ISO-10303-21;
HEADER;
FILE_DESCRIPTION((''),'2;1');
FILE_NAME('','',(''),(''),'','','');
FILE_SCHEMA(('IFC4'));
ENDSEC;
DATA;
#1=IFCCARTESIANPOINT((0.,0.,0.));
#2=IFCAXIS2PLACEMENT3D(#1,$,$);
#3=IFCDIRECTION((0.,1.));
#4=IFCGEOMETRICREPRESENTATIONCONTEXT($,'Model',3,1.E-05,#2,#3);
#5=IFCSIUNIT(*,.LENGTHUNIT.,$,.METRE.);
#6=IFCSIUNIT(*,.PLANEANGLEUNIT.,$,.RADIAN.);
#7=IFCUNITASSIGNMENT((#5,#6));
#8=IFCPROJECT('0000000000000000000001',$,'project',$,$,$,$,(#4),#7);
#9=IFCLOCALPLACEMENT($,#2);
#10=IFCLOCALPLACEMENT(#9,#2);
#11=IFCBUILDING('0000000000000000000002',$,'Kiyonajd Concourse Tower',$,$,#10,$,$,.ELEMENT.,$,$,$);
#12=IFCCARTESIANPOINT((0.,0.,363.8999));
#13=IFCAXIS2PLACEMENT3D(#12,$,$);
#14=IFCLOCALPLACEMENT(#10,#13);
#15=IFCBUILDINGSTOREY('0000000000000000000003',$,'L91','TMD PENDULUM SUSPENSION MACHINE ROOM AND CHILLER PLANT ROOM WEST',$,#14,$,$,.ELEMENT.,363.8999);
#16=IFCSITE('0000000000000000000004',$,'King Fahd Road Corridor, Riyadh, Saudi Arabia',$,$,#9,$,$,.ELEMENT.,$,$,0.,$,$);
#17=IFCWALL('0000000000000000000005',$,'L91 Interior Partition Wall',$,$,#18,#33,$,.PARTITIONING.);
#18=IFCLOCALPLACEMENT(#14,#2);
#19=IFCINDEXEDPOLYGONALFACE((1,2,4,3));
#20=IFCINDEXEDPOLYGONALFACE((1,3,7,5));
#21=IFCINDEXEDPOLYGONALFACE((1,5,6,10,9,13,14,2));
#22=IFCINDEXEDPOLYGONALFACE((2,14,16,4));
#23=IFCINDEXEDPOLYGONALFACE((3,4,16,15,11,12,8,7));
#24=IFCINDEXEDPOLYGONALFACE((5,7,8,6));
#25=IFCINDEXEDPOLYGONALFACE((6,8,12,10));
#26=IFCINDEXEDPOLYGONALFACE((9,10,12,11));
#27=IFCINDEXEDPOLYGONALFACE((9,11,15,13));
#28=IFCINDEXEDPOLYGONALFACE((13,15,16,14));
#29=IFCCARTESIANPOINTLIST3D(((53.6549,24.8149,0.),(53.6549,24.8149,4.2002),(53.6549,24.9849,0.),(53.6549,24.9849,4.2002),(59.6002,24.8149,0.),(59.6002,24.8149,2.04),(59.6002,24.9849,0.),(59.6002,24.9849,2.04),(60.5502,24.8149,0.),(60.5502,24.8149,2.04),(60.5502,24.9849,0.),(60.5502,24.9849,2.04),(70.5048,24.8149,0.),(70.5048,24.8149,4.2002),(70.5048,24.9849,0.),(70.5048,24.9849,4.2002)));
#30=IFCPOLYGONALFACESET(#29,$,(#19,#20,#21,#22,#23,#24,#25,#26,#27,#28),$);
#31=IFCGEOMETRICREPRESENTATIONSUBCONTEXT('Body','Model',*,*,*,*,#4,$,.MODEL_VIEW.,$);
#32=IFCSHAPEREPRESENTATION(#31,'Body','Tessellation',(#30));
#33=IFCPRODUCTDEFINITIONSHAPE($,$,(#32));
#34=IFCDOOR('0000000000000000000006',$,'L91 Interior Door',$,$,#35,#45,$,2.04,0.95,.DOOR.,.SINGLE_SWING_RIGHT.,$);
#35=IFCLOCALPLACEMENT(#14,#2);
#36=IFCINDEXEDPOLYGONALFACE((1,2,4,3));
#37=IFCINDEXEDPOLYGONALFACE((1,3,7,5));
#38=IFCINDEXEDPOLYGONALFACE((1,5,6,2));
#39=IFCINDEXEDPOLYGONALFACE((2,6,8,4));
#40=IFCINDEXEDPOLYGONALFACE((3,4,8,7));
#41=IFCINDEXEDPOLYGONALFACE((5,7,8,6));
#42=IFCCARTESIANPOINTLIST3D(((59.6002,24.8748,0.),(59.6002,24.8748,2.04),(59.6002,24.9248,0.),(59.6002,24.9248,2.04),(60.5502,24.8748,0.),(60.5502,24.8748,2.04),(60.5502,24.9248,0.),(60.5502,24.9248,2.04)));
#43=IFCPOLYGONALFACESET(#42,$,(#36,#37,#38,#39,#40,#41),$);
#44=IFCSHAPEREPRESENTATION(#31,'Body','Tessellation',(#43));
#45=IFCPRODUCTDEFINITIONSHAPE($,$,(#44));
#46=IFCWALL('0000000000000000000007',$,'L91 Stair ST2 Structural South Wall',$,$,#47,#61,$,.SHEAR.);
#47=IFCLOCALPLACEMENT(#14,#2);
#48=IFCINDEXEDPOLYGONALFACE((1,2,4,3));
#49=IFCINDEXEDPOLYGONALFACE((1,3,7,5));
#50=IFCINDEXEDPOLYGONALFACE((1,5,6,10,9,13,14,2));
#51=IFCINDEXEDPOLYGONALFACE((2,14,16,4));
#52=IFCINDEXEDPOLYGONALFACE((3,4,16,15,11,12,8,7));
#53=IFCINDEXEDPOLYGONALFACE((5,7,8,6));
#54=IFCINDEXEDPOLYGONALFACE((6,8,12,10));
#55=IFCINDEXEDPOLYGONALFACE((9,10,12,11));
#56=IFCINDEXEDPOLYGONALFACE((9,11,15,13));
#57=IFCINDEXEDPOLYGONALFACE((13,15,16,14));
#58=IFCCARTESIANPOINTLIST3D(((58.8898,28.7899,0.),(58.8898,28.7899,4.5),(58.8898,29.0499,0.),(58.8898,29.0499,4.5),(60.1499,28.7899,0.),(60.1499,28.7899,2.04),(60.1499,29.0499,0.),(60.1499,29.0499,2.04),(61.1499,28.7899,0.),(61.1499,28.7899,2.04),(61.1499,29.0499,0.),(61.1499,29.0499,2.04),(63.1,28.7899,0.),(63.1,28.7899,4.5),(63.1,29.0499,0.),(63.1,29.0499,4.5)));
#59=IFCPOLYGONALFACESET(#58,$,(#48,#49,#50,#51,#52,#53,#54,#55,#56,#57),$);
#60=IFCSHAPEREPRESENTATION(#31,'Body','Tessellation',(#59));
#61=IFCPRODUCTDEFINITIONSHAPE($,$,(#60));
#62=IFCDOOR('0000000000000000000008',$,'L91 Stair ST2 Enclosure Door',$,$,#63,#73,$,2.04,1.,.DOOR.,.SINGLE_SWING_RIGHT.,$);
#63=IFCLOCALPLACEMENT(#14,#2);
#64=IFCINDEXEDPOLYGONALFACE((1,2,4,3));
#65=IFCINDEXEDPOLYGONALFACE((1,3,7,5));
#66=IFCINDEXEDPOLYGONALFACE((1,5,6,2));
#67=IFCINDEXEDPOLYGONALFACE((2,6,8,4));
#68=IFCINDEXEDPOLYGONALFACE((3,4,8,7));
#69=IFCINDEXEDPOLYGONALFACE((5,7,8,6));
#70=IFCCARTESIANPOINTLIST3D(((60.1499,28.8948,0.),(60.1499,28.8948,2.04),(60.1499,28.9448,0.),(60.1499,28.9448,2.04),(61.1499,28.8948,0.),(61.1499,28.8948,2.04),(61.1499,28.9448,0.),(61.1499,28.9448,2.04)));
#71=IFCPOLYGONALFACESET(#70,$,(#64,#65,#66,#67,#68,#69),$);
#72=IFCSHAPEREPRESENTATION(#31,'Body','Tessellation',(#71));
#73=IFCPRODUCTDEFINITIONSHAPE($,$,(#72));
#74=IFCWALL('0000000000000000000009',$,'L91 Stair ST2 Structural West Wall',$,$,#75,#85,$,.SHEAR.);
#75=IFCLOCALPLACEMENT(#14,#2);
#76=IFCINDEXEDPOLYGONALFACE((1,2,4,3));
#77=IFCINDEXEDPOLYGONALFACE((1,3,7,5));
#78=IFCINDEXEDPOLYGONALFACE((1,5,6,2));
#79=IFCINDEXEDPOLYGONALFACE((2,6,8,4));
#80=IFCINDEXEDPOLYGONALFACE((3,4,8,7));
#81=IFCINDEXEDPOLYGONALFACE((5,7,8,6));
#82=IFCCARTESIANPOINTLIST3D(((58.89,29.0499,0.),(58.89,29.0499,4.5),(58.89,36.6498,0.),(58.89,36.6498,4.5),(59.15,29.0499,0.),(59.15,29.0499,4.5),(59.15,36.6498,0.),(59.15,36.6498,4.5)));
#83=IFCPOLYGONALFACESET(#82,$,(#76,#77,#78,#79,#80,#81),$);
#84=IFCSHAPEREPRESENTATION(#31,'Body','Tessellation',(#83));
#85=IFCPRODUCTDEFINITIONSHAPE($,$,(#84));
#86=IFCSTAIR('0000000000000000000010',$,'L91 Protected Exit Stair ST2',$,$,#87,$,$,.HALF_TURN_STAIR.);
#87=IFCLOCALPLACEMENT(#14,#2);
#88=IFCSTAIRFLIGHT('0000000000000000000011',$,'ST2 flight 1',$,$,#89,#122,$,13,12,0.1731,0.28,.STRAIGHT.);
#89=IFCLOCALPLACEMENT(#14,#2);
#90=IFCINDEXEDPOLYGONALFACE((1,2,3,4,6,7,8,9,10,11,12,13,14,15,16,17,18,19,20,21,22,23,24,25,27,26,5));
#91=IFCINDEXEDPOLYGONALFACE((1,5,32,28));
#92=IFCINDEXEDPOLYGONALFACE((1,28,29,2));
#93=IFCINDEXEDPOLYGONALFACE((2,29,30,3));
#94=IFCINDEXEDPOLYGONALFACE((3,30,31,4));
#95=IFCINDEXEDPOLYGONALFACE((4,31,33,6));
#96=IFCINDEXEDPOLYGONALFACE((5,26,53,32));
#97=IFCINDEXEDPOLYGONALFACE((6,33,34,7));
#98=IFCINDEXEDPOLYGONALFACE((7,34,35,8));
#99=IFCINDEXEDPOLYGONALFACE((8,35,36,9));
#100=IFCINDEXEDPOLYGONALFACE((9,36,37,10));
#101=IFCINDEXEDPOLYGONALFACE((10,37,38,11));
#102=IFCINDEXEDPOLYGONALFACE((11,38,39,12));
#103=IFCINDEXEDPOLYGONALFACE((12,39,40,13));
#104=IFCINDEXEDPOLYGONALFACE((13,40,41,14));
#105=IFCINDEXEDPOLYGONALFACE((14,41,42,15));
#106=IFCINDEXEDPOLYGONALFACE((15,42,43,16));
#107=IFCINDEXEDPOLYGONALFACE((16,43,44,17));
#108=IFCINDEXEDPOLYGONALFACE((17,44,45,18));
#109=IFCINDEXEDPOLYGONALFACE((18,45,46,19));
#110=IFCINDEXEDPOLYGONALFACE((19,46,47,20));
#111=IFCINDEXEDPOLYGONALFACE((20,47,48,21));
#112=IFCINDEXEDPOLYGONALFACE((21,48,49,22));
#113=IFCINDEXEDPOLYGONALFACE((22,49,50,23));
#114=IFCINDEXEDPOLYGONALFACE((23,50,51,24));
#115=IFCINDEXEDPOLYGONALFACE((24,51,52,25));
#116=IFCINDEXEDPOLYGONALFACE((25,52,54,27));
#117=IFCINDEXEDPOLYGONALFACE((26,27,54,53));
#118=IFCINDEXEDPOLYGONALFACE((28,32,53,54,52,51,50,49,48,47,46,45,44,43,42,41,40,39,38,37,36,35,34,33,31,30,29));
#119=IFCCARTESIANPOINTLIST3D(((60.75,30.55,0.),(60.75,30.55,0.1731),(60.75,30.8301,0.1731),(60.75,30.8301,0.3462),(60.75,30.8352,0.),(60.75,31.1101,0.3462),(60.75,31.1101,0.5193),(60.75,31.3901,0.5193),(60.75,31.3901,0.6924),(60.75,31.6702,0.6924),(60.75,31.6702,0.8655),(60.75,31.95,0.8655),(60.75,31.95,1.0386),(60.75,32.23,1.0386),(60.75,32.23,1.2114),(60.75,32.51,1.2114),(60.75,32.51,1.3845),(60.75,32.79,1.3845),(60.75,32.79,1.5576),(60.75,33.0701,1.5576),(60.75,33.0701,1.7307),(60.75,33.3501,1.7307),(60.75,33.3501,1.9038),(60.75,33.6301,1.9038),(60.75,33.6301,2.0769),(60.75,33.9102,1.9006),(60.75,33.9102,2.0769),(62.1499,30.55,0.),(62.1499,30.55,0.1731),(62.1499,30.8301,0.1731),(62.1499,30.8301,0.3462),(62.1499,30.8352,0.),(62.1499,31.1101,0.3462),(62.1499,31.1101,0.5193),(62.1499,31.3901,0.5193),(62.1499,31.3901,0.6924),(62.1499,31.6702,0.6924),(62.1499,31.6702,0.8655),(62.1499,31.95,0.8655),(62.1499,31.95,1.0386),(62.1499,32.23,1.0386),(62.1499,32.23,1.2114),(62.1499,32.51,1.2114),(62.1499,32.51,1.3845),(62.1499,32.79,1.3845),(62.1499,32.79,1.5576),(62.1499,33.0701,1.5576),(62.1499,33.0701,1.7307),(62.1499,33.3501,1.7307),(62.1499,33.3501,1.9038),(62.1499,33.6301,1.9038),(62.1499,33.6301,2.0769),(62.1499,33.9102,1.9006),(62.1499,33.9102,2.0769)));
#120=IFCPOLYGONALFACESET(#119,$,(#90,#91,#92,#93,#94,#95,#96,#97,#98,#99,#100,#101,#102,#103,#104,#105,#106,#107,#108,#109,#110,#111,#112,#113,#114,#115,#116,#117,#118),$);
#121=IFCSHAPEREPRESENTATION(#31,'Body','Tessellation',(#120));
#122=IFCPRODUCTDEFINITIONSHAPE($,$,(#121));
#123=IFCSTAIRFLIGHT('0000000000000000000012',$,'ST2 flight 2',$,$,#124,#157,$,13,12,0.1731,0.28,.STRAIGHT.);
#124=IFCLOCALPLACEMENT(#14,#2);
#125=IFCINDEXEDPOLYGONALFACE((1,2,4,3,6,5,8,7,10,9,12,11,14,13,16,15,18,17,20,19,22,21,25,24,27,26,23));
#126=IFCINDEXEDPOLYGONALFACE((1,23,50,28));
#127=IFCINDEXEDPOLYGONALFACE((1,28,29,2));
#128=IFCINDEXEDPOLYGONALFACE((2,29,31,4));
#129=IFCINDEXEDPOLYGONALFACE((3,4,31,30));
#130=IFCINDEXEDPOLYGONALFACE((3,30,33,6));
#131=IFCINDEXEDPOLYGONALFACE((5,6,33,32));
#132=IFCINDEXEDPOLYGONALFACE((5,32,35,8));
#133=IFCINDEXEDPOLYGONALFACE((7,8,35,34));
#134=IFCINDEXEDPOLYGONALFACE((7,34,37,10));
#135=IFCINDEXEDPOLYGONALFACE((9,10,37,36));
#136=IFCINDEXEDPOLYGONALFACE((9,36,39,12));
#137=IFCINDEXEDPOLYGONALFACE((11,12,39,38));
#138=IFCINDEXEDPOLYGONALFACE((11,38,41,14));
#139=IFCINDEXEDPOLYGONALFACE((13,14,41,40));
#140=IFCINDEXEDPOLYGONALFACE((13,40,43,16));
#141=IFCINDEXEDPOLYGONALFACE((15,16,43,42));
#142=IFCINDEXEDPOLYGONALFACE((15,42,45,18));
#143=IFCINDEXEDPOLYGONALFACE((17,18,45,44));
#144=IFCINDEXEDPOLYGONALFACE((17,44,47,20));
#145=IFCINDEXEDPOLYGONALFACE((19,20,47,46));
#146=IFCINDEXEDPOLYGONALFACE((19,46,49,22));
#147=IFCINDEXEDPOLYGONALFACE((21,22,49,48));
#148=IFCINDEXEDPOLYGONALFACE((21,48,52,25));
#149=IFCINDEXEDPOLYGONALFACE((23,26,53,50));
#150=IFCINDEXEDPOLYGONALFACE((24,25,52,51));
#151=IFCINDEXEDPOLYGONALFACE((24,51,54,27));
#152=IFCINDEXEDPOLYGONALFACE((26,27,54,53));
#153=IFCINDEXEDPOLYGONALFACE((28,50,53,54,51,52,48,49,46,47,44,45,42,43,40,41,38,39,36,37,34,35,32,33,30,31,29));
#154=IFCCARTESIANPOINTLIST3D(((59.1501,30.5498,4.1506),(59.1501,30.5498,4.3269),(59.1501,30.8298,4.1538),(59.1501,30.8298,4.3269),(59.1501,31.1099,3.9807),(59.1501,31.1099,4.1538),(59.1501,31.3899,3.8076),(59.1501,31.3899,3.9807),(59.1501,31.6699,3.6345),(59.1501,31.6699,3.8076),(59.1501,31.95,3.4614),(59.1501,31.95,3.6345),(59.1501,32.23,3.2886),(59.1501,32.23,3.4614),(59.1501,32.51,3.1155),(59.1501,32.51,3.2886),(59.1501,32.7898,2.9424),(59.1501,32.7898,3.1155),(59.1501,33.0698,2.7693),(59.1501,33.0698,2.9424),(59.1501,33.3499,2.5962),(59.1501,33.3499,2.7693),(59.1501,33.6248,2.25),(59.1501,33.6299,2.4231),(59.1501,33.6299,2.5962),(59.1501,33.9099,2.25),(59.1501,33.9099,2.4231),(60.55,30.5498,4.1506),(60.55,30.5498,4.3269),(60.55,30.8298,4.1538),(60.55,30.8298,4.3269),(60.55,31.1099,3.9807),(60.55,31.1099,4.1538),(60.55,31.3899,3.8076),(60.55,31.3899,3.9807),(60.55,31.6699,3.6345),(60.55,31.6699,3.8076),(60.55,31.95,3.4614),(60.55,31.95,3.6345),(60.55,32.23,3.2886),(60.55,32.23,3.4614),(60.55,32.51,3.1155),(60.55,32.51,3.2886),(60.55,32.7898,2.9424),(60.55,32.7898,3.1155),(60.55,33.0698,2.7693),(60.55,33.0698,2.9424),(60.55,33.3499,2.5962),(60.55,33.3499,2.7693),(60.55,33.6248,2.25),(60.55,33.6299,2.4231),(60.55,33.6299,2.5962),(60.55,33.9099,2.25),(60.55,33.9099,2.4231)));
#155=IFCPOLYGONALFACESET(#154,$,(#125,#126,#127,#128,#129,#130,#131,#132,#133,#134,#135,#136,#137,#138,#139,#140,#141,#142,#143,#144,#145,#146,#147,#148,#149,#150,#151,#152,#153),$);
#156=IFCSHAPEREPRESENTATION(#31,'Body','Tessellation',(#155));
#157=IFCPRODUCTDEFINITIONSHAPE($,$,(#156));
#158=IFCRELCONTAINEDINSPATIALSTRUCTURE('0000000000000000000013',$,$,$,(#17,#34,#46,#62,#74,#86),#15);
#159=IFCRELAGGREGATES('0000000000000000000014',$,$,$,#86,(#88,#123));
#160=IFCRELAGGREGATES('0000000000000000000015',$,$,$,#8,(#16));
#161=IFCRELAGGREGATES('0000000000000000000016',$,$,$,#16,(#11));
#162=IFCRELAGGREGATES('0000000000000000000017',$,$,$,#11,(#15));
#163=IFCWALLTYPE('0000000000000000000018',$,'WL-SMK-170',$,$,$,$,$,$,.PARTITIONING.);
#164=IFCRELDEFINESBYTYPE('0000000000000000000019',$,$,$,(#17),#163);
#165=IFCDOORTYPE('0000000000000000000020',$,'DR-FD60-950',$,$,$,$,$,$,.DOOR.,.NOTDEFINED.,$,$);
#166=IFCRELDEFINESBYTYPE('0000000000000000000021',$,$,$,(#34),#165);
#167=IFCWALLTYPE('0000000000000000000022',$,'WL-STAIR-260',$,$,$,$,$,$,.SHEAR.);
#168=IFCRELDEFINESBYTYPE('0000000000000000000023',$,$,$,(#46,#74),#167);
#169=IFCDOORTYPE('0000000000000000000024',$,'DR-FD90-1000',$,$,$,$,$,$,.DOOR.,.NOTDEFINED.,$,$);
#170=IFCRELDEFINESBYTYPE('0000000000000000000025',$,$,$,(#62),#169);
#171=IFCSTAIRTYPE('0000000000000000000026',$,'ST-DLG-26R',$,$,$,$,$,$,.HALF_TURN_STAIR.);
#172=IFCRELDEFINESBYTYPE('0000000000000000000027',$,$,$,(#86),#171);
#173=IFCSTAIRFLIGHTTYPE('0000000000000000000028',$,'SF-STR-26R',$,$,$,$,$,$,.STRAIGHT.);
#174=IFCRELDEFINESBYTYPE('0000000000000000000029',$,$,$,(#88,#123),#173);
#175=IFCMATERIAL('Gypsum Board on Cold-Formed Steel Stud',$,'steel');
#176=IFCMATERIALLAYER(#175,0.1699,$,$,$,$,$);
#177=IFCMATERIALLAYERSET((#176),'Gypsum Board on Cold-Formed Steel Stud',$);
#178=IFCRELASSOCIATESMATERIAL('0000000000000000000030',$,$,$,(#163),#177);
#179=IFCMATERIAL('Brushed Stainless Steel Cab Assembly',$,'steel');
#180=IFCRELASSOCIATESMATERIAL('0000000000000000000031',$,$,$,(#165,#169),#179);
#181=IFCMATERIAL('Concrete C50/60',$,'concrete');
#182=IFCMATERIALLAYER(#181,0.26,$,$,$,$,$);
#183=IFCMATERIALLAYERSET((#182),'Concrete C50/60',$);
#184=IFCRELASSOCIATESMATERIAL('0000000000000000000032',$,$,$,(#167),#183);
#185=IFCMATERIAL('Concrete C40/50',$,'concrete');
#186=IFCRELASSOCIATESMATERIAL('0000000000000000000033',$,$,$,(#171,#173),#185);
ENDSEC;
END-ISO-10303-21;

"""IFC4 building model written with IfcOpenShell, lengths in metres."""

from ifc_helpers import new_model, si_unit, direction, frame, frame_2d, origin, place, context, subcontext, project, spatial, polyline, rectangle, outline, extrude, material, layer, layer_set, type_object, element, fill, aggregate, save


model = new_model("IFC4")

# Units and contexts
model_context = context("Model", 3, precision=1e-05, world=origin(), true_north=direction((0.0, 1.0)))
body_context = subcontext(model_context, "Body", "Model", "MODEL_VIEW")
ifc_project = project(units=[si_unit("LENGTHUNIT", "METRE"), si_unit("PLANEANGLEUNIT", "RADIAN")], contexts=[model_context])

# Site, building, storey
site_placement = place(None, origin())
site = spatial("IfcSite", under=ifc_project, at=site_placement, Name="King Fahd Road Corridor, Riyadh, Saudi Arabia", CompositionType="ELEMENT", RefElevation=0.0)
building_placement = place(site_placement, origin())
building = spatial("IfcBuilding", under=site, at=building_placement, Name="Kiyonajd Concourse Tower", CompositionType="ELEMENT")
storey_placement = place(building_placement, frame((0.0, 0.0, 363.8999)))
storey = spatial("IfcBuildingStorey", under=building, at=storey_placement, Name="L91", Description="TMD PENDULUM SUSPENSION MACHINE ROOM AND CHILLER PLANT ROOM WEST", CompositionType="ELEMENT", Elevation=363.8999)

# Shared definitions
ifc_material_1 = material(Name="Concrete C50/60", Category="concrete")

# Shared definitions
ifc_material_2 = material(Name="Gypsum Board on Cold-Formed Steel Stud", Category="steel")
ifc_material_3 = material(Name="Brushed Stainless Steel Cab Assembly", Category="steel")

# Walls, openings, doors
ifc_layer_1 = layer(ifc_material_2, 0.1699)
ifc_layer_set_1 = layer_set([ifc_layer_1], Name="Gypsum Board on Cold-Formed Steel Stud")
wall_type_1 = type_object("IfcWallType", Name="WL-SMK-170", PredefinedType="PARTITIONING", material=ifc_layer_set_1)
wall_1_placement = place(storey_placement, frame((53.655, 24.8999, 0.0), z_axis=(0.0, 0.0, 1.0), x_axis=(1.0, 0.0, 0.0)))
wall_1 = element("IfcWall", 1, at=wall_1_placement, inside=storey, type_object=wall_type_1, Name="L91 Interior Partition Wall", PredefinedType="PARTITIONING", context=body_context, shape_type="SweptSolid", body=[
    extrude(rectangle(XDim=16.8499, YDim=0.1699, at=frame_2d((8.4248, 0.0))), origin(), (0.0, 0.0, 1.0), 4.2002),
])
opening_1_placement = place(wall_1_placement, frame((5.9451, 0.0, 0.0)))
opening_1 = element("IfcOpeningElement", 2, at=opening_1_placement, cuts=wall_1, PredefinedType="OPENING", context=body_context, shape_type="SweptSolid", body=[
    extrude(rectangle(XDim=0.95, YDim=2.04, at=frame_2d((0.4751, 1.02))), frame((0.0, 0.095, 0.0), z_axis=(0.0, -1.0, 0.0), x_axis=(1.0, 0.0, 0.0)), (0.0, 0.0, 1.0), 0.1899),
])
door_type_1 = type_object("IfcDoorType", Name="DR-FD60-950", OperationType="NOTDEFINED", PredefinedType="DOOR", material=ifc_material_3)
door_1_placement = place(opening_1_placement, origin())
door_1 = element("IfcDoor", 3, at=door_1_placement, inside=storey, type_object=door_type_1, Name="L91 Interior Door", OperationType="SINGLE_SWING_RIGHT", OverallHeight=2.04, OverallWidth=0.95, PredefinedType="DOOR", context=body_context, shape_type="SweptSolid", body=[
    extrude(rectangle(XDim=0.95, YDim=2.04, at=frame_2d((0.4751, 1.02))), frame((0.0, 0.0249, 0.0), z_axis=(0.0, -1.0, 0.0), x_axis=(1.0, 0.0, 0.0)), (0.0, 0.0, 1.0), 0.05),
])
fill(opening_1, door_1)
ifc_layer_2 = layer(ifc_material_1, 0.26)
ifc_layer_set_2 = layer_set([ifc_layer_2], Name="Concrete C50/60")
wall_type_2 = type_object("IfcWallType", Name="WL-STAIR-260", PredefinedType="SHEAR", material=ifc_layer_set_2)
wall_2_placement = place(storey_placement, frame((58.8899, 28.9199, 0.0), z_axis=(0.0, 0.0, 1.0), x_axis=(1.0, 0.0, 0.0)))
wall_2 = element("IfcWall", 4, at=wall_2_placement, inside=storey, type_object=wall_type_2, Name="L91 Stair ST2 Structural South Wall", PredefinedType="SHEAR", context=body_context, shape_type="SweptSolid", body=[
    extrude(rectangle(XDim=4.2102, YDim=0.26, at=frame_2d((2.105, 0.0))), origin(), (0.0, 0.0, 1.0), 4.5),
])
opening_2_placement = place(wall_2_placement, frame((1.26, 0.0, 0.0)))
opening_2 = element("IfcOpeningElement", 5, at=opening_2_placement, cuts=wall_2, PredefinedType="OPENING", context=body_context, shape_type="SweptSolid", body=[
    extrude(rectangle(XDim=1.0, YDim=2.04, at=frame_2d((0.5, 1.02))), frame((0.0, 0.1399, 0.0), z_axis=(0.0, -1.0, 0.0), x_axis=(1.0, 0.0, 0.0)), (0.0, 0.0, 1.0), 0.28),
])
door_type_2 = type_object("IfcDoorType", Name="DR-FD90-1000", OperationType="NOTDEFINED", PredefinedType="DOOR", material=ifc_material_3)
door_2_placement = place(opening_2_placement, origin())
door_2 = element("IfcDoor", 6, at=door_2_placement, inside=storey, type_object=door_type_2, Name="L91 Stair ST2 Enclosure Door", OperationType="SINGLE_SWING_RIGHT", OverallHeight=2.04, OverallWidth=1.0, PredefinedType="DOOR", context=body_context, shape_type="SweptSolid", body=[
    extrude(rectangle(XDim=1.0, YDim=2.04, at=frame_2d((0.5, 1.02))), frame((0.0, 0.0249, 0.0), z_axis=(0.0, -1.0, 0.0), x_axis=(1.0, 0.0, 0.0)), (0.0, 0.0, 1.0), 0.05),
])
fill(opening_2, door_2)

# Wall
wall_3_placement = place(storey_placement, frame((59.02, 29.05, 0.0), z_axis=(0.0, 0.0, 1.0), x_axis=(0.0, 1.0, 0.0)))
element("IfcWall", 7, at=wall_3_placement, inside=storey, type_object=wall_type_2, Name="L91 Stair ST2 Structural West Wall", PredefinedType="SHEAR", context=body_context, shape_type="SweptSolid", body=[
    extrude(rectangle(XDim=7.5999, YDim=0.26, at=frame_2d((3.7998, 0.0))), origin(), (0.0, 0.0, 1.0), 4.5),
])

# Stair, stair flights
ifc_material_4 = material(Name="Concrete C40/50", Category="concrete")
stair_type = type_object("IfcStairType", Name="ST-DLG-26R", PredefinedType="HALF_TURN_STAIR", material=ifc_material_4)
stair_placement = place(storey_placement, origin())
stair = element("IfcStair", 8, at=stair_placement, inside=storey, type_object=stair_type, Name="L91 Protected Exit Stair ST2", PredefinedType="HALF_TURN_STAIR")
stair_flight_type = type_object("IfcStairFlightType", Name="SF-STR-26R", PredefinedType="STRAIGHT", material=ifc_material_4)
stair_flight_1_placement = place(storey_placement, frame((61.45, 30.55, 0.0), z_axis=(0.0, 0.0, 1.0), x_axis=(0.0, 1.0, 0.0)))
stair_flight_1 = element("IfcStairFlight", 9, at=stair_flight_1_placement, type_object=stair_flight_type, Name="ST2 flight 1", NumberOfRisers=13, NumberOfTreads=12, PredefinedType="STRAIGHT", RiserHeight=0.1731, TreadLength=0.28, context=body_context, shape_type="SweptSolid", body=[
    extrude(outline(polyline([(0.0, 0.0), (0.0, 0.1731), (0.28, 0.1731), (0.28, 0.3462), (0.5601, 0.3462), (0.5601, 0.5193), (0.8401, 0.5193), (0.8401, 0.6924), (1.1201, 0.6924), (1.1201, 0.8655), (1.3999, 0.8655), (1.3999, 1.0386), (1.6799, 1.0386), (1.6799, 1.2114), (1.96, 1.2114), (1.96, 1.3845), (2.24, 1.3845), (2.24, 1.5576), (2.52, 1.5576), (2.52, 1.7307), (2.8, 1.7307), (2.8, 1.9038), (3.0801, 1.9038), (3.0801, 2.0769), (3.3601, 2.0769), (3.3601, 2.25), (3.3601, 1.9006), (0.2852, 0.0), (0.0, 0.0)])), frame((0.0, 0.7, 0.0), z_axis=(0.0, -1.0, 0.0), x_axis=(1.0, 0.0, 0.0)), (0.0, 0.0, 1.0), 1.3999),
])
stair_flight_2_placement = place(storey_placement, frame((59.8501, 33.9099, 2.25), z_axis=(0.0, 0.0, 1.0), x_axis=(0.0, -1.0, 0.0)))
stair_flight_2 = element("IfcStairFlight", 10, at=stair_flight_2_placement, type_object=stair_flight_type, Name="ST2 flight 2", NumberOfRisers=13, NumberOfTreads=12, PredefinedType="STRAIGHT", RiserHeight=0.1731, TreadLength=0.28, context=body_context, shape_type="SweptSolid", body=[
    extrude(outline(polyline([(0.0, 0.0), (0.0, 0.1731), (0.28, 0.1731), (0.28, 0.3462), (0.5601, 0.3462), (0.5601, 0.5193), (0.8401, 0.5193), (0.8401, 0.6924), (1.1201, 0.6924), (1.1201, 0.8655), (1.3999, 0.8655), (1.3999, 1.0386), (1.6799, 1.0386), (1.6799, 1.2114), (1.96, 1.2114), (1.96, 1.3845), (2.24, 1.3845), (2.24, 1.5576), (2.52, 1.5576), (2.52, 1.7307), (2.8, 1.7307), (2.8, 1.9038), (3.0801, 1.9038), (3.0801, 2.0769), (3.3601, 2.0769), (3.3601, 2.25), (3.3601, 1.9006), (0.2852, 0.0), (0.0, 0.0)])), frame((0.0, 0.7, 0.0), z_axis=(0.0, -1.0, 0.0), x_axis=(1.0, 0.0, 0.0)), (0.0, 0.0, 1.0), 1.3999),
])
aggregate(stair, [stair_flight_1, stair_flight_2])

save(model, "model.ifc")
